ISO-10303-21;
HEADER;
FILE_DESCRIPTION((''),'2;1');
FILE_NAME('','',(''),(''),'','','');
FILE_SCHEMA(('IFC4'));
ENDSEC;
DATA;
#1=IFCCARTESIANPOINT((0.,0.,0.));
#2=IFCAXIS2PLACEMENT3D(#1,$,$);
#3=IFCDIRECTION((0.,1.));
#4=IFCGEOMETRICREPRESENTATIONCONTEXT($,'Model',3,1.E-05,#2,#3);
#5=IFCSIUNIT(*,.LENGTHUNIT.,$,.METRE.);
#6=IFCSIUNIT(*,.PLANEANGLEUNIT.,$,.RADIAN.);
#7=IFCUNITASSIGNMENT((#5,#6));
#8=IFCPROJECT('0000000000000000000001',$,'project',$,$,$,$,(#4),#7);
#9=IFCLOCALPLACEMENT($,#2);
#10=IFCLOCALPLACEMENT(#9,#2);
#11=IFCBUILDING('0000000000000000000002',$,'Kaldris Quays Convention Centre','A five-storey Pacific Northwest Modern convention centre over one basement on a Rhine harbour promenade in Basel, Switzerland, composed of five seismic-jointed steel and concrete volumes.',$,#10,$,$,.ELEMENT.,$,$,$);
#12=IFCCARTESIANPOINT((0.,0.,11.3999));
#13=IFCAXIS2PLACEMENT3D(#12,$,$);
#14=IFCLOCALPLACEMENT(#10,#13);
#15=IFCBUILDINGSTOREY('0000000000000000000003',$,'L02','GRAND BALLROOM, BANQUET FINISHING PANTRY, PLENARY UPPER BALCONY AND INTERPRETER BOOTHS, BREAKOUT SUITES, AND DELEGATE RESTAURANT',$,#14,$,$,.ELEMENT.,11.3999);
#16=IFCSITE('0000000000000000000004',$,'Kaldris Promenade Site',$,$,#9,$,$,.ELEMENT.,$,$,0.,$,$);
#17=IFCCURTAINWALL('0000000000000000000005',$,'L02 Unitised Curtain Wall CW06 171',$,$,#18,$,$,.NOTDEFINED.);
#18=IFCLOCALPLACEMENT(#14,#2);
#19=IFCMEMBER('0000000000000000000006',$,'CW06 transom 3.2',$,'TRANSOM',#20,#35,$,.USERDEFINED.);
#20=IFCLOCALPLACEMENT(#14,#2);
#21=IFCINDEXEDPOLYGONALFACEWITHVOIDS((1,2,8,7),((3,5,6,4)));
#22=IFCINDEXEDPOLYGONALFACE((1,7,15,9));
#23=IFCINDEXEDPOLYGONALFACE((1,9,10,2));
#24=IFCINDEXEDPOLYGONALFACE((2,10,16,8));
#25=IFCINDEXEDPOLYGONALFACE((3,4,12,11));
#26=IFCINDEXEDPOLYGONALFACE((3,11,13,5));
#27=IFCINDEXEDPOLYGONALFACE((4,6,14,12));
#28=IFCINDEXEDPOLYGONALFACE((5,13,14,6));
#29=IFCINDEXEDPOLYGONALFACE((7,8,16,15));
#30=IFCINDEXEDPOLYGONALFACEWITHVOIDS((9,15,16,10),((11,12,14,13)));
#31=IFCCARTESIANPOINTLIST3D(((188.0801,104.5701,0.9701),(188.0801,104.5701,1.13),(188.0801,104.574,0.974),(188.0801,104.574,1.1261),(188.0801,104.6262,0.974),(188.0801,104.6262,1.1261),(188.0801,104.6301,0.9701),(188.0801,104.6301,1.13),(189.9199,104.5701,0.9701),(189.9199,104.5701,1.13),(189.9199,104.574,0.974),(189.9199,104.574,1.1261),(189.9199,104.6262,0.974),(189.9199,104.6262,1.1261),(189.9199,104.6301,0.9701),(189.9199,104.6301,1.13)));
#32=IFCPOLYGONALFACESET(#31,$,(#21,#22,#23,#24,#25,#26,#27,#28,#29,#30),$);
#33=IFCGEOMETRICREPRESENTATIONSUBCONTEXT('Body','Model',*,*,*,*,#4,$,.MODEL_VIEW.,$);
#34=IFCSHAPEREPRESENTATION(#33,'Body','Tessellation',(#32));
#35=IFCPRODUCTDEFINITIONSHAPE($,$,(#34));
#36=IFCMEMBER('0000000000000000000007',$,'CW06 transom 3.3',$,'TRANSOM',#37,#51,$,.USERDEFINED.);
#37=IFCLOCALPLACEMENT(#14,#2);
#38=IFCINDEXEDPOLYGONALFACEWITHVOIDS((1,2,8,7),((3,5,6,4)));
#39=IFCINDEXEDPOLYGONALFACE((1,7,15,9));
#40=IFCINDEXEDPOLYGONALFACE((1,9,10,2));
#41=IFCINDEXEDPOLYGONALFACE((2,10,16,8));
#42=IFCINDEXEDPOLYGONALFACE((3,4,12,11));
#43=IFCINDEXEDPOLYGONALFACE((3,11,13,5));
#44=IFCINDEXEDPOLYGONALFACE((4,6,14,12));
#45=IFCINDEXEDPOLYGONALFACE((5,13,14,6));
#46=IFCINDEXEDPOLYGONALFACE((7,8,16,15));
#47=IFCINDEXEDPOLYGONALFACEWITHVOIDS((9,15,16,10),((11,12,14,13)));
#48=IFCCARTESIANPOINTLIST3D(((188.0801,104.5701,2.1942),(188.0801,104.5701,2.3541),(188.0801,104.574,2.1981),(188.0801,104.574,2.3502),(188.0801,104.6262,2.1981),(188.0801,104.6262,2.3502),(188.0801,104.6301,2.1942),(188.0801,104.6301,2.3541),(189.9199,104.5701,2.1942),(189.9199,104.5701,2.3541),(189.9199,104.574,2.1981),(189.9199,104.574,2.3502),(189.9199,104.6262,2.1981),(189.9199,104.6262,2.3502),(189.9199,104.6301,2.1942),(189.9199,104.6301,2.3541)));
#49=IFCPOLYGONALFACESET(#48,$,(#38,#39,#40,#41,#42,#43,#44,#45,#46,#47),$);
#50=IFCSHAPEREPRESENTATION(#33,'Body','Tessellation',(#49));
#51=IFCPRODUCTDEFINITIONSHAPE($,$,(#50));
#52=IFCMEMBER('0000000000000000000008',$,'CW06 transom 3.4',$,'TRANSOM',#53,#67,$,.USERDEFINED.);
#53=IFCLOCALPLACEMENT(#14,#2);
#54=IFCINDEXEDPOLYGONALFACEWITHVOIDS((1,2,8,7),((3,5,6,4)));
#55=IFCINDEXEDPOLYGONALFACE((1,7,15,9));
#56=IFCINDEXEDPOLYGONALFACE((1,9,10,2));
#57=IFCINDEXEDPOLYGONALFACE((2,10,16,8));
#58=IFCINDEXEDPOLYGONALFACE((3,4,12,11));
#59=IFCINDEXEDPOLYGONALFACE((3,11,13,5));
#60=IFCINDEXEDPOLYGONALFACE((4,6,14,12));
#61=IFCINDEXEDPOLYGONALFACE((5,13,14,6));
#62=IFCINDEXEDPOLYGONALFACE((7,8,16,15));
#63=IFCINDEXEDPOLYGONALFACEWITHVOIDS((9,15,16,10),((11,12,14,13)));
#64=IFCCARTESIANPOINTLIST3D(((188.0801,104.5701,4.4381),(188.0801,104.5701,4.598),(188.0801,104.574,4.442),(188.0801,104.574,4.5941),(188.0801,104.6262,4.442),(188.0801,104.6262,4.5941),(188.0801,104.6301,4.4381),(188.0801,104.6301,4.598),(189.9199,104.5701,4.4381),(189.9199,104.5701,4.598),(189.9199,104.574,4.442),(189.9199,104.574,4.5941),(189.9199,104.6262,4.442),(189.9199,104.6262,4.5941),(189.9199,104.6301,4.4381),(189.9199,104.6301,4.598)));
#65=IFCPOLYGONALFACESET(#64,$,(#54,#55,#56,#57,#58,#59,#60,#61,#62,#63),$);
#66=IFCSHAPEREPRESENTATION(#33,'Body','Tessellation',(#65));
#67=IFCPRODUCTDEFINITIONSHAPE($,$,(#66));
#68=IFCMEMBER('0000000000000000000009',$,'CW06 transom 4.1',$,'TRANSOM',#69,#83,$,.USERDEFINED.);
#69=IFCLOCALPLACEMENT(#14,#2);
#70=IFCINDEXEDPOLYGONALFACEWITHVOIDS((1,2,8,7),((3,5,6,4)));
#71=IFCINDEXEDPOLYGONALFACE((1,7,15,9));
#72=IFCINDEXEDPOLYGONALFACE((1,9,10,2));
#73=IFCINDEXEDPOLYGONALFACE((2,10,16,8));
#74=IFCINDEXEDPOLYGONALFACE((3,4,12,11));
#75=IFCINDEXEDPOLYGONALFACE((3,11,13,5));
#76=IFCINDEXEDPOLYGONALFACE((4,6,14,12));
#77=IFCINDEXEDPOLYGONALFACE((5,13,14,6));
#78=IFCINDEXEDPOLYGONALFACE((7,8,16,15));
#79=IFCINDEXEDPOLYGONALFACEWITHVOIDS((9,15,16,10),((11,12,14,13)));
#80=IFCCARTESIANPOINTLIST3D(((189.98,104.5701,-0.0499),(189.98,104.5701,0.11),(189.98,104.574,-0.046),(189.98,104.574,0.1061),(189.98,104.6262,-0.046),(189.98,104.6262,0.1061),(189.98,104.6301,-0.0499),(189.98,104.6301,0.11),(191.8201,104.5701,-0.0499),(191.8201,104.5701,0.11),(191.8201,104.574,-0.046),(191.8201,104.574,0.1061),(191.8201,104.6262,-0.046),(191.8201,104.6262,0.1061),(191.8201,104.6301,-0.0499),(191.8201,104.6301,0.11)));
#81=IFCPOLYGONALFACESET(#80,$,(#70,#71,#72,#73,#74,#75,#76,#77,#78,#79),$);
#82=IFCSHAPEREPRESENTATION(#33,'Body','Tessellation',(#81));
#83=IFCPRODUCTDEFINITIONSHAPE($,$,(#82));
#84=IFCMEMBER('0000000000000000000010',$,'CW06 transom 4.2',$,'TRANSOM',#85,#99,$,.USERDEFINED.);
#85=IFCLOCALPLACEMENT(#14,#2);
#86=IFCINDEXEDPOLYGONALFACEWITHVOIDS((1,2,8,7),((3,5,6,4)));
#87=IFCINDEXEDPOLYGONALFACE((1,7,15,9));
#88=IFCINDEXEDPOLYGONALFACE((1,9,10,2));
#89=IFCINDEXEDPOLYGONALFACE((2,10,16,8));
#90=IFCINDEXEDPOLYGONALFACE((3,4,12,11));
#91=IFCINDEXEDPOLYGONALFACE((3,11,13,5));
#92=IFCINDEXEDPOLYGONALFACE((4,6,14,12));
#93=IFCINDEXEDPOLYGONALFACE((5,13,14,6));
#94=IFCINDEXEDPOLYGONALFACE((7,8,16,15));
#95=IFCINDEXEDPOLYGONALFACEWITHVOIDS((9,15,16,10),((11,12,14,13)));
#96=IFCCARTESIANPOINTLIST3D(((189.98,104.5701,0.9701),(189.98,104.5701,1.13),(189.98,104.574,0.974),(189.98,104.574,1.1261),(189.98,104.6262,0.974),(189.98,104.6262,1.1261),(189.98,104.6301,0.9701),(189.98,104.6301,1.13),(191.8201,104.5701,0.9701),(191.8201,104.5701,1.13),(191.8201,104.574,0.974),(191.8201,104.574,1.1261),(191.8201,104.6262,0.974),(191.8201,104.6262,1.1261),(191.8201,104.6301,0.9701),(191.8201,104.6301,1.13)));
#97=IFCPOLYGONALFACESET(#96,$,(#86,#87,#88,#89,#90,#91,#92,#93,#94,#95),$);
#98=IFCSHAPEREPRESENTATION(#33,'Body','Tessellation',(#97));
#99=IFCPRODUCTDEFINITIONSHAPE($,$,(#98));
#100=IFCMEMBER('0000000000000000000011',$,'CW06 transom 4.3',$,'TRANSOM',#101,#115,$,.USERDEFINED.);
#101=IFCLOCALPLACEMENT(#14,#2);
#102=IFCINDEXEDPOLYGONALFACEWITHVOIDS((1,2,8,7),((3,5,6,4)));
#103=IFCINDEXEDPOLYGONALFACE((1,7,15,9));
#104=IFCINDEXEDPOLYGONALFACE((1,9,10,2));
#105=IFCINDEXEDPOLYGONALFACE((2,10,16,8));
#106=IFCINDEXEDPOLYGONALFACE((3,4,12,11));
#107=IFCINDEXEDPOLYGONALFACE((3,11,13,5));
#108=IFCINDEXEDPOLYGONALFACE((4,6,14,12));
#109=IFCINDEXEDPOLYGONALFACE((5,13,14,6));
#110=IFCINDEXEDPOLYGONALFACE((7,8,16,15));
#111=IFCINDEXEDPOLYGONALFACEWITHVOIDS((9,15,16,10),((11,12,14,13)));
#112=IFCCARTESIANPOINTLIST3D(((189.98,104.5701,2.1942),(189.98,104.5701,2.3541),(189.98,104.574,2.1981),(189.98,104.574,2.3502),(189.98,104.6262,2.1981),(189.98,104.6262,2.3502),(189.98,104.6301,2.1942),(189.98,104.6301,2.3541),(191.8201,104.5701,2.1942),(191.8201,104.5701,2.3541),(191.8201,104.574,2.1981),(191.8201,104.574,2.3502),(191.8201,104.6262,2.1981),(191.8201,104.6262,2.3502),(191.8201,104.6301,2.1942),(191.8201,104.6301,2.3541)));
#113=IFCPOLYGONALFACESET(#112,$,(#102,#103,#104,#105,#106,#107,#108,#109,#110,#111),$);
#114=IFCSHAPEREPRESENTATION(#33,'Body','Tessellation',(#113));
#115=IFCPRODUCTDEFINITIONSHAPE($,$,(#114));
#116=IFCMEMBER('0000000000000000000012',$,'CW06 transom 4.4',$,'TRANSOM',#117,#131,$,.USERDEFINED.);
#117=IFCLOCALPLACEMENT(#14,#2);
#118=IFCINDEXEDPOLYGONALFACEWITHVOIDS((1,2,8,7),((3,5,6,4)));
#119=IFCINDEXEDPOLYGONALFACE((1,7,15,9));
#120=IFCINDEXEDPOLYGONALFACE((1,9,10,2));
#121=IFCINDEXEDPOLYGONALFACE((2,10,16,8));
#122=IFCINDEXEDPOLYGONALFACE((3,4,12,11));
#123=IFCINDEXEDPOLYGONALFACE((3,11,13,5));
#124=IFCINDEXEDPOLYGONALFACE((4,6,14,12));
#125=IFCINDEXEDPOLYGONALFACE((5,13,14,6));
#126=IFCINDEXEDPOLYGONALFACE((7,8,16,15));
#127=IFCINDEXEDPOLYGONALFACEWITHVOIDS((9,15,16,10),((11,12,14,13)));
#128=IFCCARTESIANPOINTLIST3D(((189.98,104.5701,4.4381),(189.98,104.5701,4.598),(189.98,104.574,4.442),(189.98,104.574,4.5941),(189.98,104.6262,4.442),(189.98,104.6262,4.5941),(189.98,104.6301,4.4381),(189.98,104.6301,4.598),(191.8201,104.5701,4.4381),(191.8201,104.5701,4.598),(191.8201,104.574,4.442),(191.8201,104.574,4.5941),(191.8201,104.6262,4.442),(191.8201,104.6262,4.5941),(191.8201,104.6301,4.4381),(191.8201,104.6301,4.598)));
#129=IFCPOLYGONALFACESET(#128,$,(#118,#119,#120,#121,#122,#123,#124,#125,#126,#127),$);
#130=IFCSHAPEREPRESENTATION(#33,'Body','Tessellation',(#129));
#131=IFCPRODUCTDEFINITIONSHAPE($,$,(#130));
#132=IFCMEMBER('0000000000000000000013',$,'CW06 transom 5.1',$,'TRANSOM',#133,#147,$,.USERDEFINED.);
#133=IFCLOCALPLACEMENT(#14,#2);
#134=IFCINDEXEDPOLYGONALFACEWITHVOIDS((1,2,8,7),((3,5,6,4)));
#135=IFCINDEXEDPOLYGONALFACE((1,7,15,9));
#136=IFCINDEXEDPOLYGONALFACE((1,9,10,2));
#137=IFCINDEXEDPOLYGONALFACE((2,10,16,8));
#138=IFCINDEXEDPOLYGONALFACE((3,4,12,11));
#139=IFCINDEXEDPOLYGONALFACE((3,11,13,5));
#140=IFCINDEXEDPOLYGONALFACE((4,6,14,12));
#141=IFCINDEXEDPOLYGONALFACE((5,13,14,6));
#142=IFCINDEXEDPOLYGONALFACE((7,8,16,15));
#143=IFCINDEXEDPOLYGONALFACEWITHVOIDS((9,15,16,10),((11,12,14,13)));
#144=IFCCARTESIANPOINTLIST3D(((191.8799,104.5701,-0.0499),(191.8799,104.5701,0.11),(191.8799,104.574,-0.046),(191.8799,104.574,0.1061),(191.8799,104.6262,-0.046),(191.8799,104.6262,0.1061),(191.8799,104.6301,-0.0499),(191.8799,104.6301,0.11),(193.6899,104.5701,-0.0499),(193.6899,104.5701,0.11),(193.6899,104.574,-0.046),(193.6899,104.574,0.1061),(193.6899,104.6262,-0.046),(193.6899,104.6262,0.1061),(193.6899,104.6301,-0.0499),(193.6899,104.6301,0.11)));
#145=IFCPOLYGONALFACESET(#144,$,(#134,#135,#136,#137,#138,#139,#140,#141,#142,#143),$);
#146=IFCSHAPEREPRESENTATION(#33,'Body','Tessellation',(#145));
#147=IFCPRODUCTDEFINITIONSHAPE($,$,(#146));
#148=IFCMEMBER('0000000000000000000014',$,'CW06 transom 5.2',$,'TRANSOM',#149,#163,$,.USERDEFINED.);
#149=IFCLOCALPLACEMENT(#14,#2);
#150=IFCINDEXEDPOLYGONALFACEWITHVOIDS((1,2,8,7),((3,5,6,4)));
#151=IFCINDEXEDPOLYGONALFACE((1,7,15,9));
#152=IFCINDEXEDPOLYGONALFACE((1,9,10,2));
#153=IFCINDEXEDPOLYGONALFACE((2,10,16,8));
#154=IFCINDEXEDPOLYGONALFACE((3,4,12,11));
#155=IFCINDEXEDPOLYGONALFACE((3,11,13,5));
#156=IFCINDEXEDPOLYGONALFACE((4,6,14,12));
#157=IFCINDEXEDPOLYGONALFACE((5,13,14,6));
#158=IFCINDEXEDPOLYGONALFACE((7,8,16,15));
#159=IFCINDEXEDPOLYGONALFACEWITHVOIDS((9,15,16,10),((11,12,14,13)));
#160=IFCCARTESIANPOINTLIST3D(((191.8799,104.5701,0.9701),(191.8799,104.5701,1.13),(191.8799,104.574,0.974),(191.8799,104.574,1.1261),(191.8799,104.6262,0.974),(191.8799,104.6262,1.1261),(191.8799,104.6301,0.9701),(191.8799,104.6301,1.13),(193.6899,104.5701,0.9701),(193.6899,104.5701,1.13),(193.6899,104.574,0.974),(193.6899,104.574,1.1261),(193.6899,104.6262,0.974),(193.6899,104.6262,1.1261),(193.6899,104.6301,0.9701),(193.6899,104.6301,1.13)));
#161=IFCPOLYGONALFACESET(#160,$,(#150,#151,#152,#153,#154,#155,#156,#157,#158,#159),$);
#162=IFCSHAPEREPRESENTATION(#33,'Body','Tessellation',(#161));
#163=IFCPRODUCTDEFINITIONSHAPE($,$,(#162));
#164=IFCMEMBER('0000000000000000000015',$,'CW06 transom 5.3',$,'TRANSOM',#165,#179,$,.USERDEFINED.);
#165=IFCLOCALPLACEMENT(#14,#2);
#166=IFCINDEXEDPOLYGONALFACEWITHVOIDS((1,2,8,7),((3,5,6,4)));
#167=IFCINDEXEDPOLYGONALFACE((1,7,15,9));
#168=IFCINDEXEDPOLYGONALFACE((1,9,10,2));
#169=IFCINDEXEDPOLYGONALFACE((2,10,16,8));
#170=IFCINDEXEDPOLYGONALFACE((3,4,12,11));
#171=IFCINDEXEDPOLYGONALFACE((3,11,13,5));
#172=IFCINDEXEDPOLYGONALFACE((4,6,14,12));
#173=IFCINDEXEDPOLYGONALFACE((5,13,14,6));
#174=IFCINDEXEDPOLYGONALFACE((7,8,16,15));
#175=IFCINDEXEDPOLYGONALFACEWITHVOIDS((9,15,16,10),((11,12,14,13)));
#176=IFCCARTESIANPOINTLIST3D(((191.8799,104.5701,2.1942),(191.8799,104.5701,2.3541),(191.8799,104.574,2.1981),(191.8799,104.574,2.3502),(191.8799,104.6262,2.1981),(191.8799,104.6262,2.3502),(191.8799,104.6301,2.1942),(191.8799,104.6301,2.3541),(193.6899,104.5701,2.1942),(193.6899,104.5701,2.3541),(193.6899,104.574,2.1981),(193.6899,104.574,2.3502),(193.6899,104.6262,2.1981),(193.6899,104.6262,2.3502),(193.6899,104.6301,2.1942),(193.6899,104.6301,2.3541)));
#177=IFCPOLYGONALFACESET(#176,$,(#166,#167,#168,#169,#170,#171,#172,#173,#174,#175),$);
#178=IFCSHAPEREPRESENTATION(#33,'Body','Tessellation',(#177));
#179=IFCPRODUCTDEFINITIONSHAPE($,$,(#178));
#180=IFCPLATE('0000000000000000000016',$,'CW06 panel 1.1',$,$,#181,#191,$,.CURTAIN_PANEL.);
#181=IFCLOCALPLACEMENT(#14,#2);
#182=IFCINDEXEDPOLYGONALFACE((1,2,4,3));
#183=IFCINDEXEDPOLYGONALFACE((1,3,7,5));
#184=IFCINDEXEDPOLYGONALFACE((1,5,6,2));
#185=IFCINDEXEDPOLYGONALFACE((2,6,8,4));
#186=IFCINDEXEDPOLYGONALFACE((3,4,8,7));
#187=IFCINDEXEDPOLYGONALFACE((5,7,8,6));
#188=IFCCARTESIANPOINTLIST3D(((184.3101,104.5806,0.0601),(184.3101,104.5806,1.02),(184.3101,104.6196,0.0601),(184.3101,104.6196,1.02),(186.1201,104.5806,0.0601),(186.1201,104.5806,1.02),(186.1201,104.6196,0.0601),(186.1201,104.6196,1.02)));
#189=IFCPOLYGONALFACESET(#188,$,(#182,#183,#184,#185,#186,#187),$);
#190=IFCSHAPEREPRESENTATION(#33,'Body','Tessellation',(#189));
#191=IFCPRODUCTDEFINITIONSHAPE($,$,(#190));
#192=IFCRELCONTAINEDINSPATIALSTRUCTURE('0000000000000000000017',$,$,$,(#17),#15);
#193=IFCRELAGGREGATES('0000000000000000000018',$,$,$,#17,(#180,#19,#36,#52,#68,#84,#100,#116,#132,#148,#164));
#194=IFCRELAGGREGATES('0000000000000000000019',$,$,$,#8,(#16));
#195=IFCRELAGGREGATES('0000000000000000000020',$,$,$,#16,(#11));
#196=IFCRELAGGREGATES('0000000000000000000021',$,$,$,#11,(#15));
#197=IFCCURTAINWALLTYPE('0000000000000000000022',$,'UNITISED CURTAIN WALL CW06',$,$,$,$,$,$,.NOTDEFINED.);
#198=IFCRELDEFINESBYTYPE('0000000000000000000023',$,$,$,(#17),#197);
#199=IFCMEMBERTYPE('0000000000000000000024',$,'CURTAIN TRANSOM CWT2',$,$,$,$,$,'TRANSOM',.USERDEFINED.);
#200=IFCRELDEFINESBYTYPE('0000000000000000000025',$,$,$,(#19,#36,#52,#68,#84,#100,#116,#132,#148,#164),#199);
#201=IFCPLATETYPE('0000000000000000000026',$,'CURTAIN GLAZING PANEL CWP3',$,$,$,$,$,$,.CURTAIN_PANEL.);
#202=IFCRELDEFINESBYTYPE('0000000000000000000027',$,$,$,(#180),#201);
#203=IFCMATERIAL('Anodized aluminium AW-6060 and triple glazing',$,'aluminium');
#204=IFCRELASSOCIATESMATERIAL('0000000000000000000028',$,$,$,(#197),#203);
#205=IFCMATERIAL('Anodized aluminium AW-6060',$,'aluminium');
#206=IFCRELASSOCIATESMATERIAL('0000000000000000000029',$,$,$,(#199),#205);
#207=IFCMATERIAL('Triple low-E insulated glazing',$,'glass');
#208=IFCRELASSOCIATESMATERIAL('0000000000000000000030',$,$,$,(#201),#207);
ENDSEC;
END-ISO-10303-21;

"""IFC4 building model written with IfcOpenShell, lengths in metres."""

from ifc_helpers import new_model, si_unit, direction, frame, origin, origin_2d, place, context, subcontext, project, spatial, rectangle, hollow_rectangle, extrude, material, material_profile, profile_set, type_object, element, aggregate, save


model = new_model("IFC4")

# Units and contexts
model_context = context("Model", 3, precision=1e-05, world=origin(), true_north=direction((0.0, 1.0)))
body_context = subcontext(model_context, "Body", "Model", "MODEL_VIEW")
ifc_project = project(units=[si_unit("LENGTHUNIT", "METRE"), si_unit("PLANEANGLEUNIT", "RADIAN")], contexts=[model_context])

# Site, building, storey
site_placement = place(None, origin())
site = spatial("IfcSite", under=ifc_project, at=site_placement, Name="Kaldris Promenade Site", CompositionType="ELEMENT", RefElevation=0.0)
building_placement = place(site_placement, origin())
building = spatial("IfcBuilding", under=site, at=building_placement, Name="Kaldris Quays Convention Centre", Description="A five-storey Pacific Northwest Modern convention centre over one basement on a Rhine harbour promenade in Basel, Switzerland, composed of five seismic-jointed steel and concrete volumes.", CompositionType="ELEMENT")
storey_placement = place(building_placement, frame((0.0, 0.0, 11.3999)))
storey = spatial("IfcBuildingStorey", under=building, at=storey_placement, Name="L02", Description="GRAND BALLROOM, BANQUET FINISHING PANTRY, PLENARY UPPER BALCONY AND INTERPRETER BOOTHS, BREAKOUT SUITES, AND DELEGATE RESTAURANT", CompositionType="ELEMENT", Elevation=11.3999)

# Curtain wall, members, plate
ifc_material_1 = material(Name="Anodized aluminium AW-6060 and triple glazing", Category="aluminium")
curtain_wall_type = type_object("IfcCurtainWallType", Name="UNITISED CURTAIN WALL CW06", PredefinedType="NOTDEFINED", material=ifc_material_1)
curtain_wall_placement = place(storey_placement, origin())
curtain_wall = element("IfcCurtainWall", 1, at=curtain_wall_placement, inside=storey, type_object=curtain_wall_type, Name="L02 Unitised Curtain Wall CW06 171", PredefinedType="NOTDEFINED")
ifc_material_2 = material(Name="Anodized aluminium AW-6060", Category="aluminium")
ifc_material_profile_1 = material_profile(ifc_material_2, hollow_rectangle(XDim=0.0601, YDim=0.1599, WallThickness=0.0039, at=origin_2d()), Name="RHS 160x60x4")
ifc_profile_set_1 = profile_set([ifc_material_profile_1], Name="Anodized aluminium AW-6060")
member_type_1 = type_object("IfcMemberType", Name="CURTAIN TRANSOM CWT2", ElementType="TRANSOM", PredefinedType="USERDEFINED", material=ifc_profile_set_1)
member_1_placement = place(storey_placement, frame((188.0801, 104.6001, 1.05), z_axis=(1.0, 0.0, 0.0), x_axis=(0.0, 1.0, 0.0)))
member_1 = element("IfcMember", 2, at=member_1_placement, type_object=member_type_1, Name="CW06 transom 3.2", ObjectType="TRANSOM", PredefinedType="USERDEFINED", context=body_context, shape_type="SweptSolid", body=[
    extrude(hollow_rectangle(XDim=0.0601, YDim=0.1599, WallThickness=0.0039, at=origin_2d()), origin(), (0.0, 0.0, 1.0), 1.8398),
])
member_2_placement = place(storey_placement, frame((188.0801, 104.6001, 2.2742), z_axis=(1.0, 0.0, 0.0), x_axis=(0.0, 1.0, 0.0)))
member_2 = element("IfcMember", 3, at=member_2_placement, type_object=member_type_1, Name="CW06 transom 3.3", ObjectType="TRANSOM", PredefinedType="USERDEFINED", context=body_context, shape_type="SweptSolid", body=[
    extrude(hollow_rectangle(XDim=0.0601, YDim=0.1599, WallThickness=0.0039, at=origin_2d()), origin(), (0.0, 0.0, 1.0), 1.8398),
])
member_3_placement = place(storey_placement, frame((188.0801, 104.6001, 4.5181), z_axis=(1.0, 0.0, 0.0), x_axis=(0.0, 1.0, 0.0)))
member_3 = element("IfcMember", 4, at=member_3_placement, type_object=member_type_1, Name="CW06 transom 3.4", ObjectType="TRANSOM", PredefinedType="USERDEFINED", context=body_context, shape_type="SweptSolid", body=[
    extrude(hollow_rectangle(XDim=0.0601, YDim=0.1599, WallThickness=0.0039, at=origin_2d()), origin(), (0.0, 0.0, 1.0), 1.8398),
])
member_4_placement = place(storey_placement, frame((189.98, 104.6001, 0.03), z_axis=(1.0, 0.0, 0.0), x_axis=(0.0, 1.0, 0.0)))
member_4 = element("IfcMember", 5, at=member_4_placement, type_object=member_type_1, Name="CW06 transom 4.1", ObjectType="TRANSOM", PredefinedType="USERDEFINED", context=body_context, shape_type="SweptSolid", body=[
    extrude(hollow_rectangle(XDim=0.0601, YDim=0.1599, WallThickness=0.0039, at=origin_2d()), origin(), (0.0, 0.0, 1.0), 1.8401),
])
member_5_placement = place(storey_placement, frame((189.98, 104.6001, 1.05), z_axis=(1.0, 0.0, 0.0), x_axis=(0.0, 1.0, 0.0)))
member_5 = element("IfcMember", 6, at=member_5_placement, type_object=member_type_1, Name="CW06 transom 4.2", ObjectType="TRANSOM", PredefinedType="USERDEFINED", context=body_context, shape_type="SweptSolid", body=[
    extrude(hollow_rectangle(XDim=0.0601, YDim=0.1599, WallThickness=0.0039, at=origin_2d()), origin(), (0.0, 0.0, 1.0), 1.8401),
])
member_6_placement = place(storey_placement, frame((189.98, 104.6001, 2.2742), z_axis=(1.0, 0.0, 0.0), x_axis=(0.0, 1.0, 0.0)))
member_6 = element("IfcMember", 7, at=member_6_placement, type_object=member_type_1, Name="CW06 transom 4.3", ObjectType="TRANSOM", PredefinedType="USERDEFINED", context=body_context, shape_type="SweptSolid", body=[
    extrude(hollow_rectangle(XDim=0.0601, YDim=0.1599, WallThickness=0.0039, at=origin_2d()), origin(), (0.0, 0.0, 1.0), 1.8401),
])
member_7_placement = place(storey_placement, frame((189.98, 104.6001, 4.5181), z_axis=(1.0, 0.0, 0.0), x_axis=(0.0, 1.0, 0.0)))
member_7 = element("IfcMember", 8, at=member_7_placement, type_object=member_type_1, Name="CW06 transom 4.4", ObjectType="TRANSOM", PredefinedType="USERDEFINED", context=body_context, shape_type="SweptSolid", body=[
    extrude(hollow_rectangle(XDim=0.0601, YDim=0.1599, WallThickness=0.0039, at=origin_2d()), origin(), (0.0, 0.0, 1.0), 1.8401),
])
member_8_placement = place(storey_placement, frame((191.8799, 104.6001, 0.03), z_axis=(1.0, 0.0, 0.0), x_axis=(0.0, 1.0, 0.0)))
member_8 = element("IfcMember", 9, at=member_8_placement, type_object=member_type_1, Name="CW06 transom 5.1", ObjectType="TRANSOM", PredefinedType="USERDEFINED", context=body_context, shape_type="SweptSolid", body=[
    extrude(hollow_rectangle(XDim=0.0601, YDim=0.1599, WallThickness=0.0039, at=origin_2d()), origin(), (0.0, 0.0, 1.0), 1.8101),
])
member_9_placement = place(storey_placement, frame((191.8799, 104.6001, 1.05), z_axis=(1.0, 0.0, 0.0), x_axis=(0.0, 1.0, 0.0)))
member_9 = element("IfcMember", 10, at=member_9_placement, type_object=member_type_1, Name="CW06 transom 5.2", ObjectType="TRANSOM", PredefinedType="USERDEFINED", context=body_context, shape_type="SweptSolid", body=[
    extrude(hollow_rectangle(XDim=0.0601, YDim=0.1599, WallThickness=0.0039, at=origin_2d()), origin(), (0.0, 0.0, 1.0), 1.8101),
])
member_10_placement = place(storey_placement, frame((191.8799, 104.6001, 2.2742), z_axis=(1.0, 0.0, 0.0), x_axis=(0.0, 1.0, 0.0)))
member_10 = element("IfcMember", 11, at=member_10_placement, type_object=member_type_1, Name="CW06 transom 5.3", ObjectType="TRANSOM", PredefinedType="USERDEFINED", context=body_context, shape_type="SweptSolid", body=[
    extrude(hollow_rectangle(XDim=0.0601, YDim=0.1599, WallThickness=0.0039, at=origin_2d()), origin(), (0.0, 0.0, 1.0), 1.8101),
])
ifc_material_3 = material(Name="Triple low-E insulated glazing", Category="glass")
plate_type = type_object("IfcPlateType", Name="CURTAIN GLAZING PANEL CWP3", PredefinedType="CURTAIN_PANEL", material=ifc_material_3)
plate_1_placement = place(storey_placement, frame((185.2151, 104.6001, 0.0601), z_axis=(0.0, 0.0, 1.0), x_axis=(1.0, 0.0, 0.0)))
plate_1 = element("IfcPlate", 12, at=plate_1_placement, type_object=plate_type, Name="CW06 panel 1.1", PredefinedType="CURTAIN_PANEL", context=body_context, shape_type="SweptSolid", body=[
    extrude(rectangle(XDim=1.8101, YDim=0.0391, at=origin_2d()), origin(), (0.0, 0.0, 1.0), 0.96),
])
aggregate(curtain_wall, [plate_1, member_1, member_2, member_3, member_4, member_5, member_6, member_7, member_8, member_9, member_10])

save(model, "model.ifc")
